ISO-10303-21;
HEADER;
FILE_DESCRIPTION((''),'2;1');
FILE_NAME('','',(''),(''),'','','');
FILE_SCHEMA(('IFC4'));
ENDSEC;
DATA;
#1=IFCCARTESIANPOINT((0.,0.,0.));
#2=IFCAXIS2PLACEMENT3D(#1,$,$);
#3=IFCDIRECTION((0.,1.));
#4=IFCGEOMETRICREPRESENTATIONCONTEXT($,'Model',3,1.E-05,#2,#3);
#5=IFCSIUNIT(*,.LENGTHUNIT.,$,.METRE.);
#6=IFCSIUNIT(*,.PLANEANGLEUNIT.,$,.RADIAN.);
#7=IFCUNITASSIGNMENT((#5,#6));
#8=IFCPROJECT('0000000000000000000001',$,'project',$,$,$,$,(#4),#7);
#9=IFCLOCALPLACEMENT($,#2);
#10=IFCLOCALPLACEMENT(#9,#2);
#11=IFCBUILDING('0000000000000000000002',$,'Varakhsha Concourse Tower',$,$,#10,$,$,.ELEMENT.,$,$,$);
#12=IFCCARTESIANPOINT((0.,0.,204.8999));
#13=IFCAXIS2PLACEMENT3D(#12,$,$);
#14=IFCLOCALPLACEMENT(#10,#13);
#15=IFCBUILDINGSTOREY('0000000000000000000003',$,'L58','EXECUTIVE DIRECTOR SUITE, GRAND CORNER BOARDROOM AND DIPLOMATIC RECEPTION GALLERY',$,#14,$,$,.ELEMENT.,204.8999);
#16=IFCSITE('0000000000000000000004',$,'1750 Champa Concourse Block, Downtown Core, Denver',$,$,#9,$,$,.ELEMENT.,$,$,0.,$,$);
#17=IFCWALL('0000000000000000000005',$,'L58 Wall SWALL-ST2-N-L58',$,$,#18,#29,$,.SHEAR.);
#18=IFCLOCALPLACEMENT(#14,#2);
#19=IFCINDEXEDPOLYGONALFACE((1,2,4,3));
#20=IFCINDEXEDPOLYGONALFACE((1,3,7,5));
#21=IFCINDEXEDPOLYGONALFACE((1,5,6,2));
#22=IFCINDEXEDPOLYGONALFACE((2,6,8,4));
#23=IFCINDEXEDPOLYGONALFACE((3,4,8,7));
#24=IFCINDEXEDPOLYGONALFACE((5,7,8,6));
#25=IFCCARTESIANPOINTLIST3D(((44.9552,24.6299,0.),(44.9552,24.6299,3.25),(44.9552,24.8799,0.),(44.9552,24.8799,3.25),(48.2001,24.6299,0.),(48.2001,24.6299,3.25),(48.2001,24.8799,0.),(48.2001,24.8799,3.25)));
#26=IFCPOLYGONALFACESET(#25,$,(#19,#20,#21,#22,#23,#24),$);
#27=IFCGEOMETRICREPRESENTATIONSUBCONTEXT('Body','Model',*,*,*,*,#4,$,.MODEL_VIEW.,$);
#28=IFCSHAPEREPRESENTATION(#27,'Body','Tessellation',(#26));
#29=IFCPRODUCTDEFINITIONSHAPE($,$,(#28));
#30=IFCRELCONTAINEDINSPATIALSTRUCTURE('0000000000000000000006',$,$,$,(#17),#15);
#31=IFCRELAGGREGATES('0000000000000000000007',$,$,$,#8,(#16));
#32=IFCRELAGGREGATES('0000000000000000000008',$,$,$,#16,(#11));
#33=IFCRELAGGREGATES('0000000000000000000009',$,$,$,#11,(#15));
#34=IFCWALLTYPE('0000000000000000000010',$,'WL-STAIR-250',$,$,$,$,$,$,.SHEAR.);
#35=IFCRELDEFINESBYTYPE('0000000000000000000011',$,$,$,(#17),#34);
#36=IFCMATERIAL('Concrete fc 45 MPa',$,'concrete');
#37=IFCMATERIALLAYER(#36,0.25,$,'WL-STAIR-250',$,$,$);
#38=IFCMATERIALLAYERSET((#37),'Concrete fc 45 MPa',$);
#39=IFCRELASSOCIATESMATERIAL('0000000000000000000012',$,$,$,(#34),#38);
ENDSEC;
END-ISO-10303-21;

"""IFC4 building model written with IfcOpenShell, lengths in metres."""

from ifc_helpers import new_model, si_unit, direction, frame, frame_2d, origin, place, context, subcontext, project, spatial, rectangle, extrude, material, layer, layer_set, type_object, element, save


model = new_model("IFC4")

# Units and contexts
model_context = context("Model", 3, precision=1e-05, world=origin(), true_north=direction((0.0, 1.0)))
body_context = subcontext(model_context, "Body", "Model", "MODEL_VIEW")
ifc_project = project(units=[si_unit("LENGTHUNIT", "METRE"), si_unit("PLANEANGLEUNIT", "RADIAN")], contexts=[model_context])

# Site, building, storey
site_placement = place(None, origin())
site = spatial("IfcSite", under=ifc_project, at=site_placement, Name="1750 Champa Concourse Block, Downtown Core, Denver", CompositionType="ELEMENT", RefElevation=0.0)
building_placement = place(site_placement, origin())
building = spatial("IfcBuilding", under=site, at=building_placement, Name="Varakhsha Concourse Tower", CompositionType="ELEMENT")
storey_placement = place(building_placement, frame((0.0, 0.0, 204.8999)))
storey = spatial("IfcBuildingStorey", under=building, at=storey_placement, Name="L58", Description="EXECUTIVE DIRECTOR SUITE, GRAND CORNER BOARDROOM AND DIPLOMATIC RECEPTION GALLERY", CompositionType="ELEMENT", Elevation=204.8999)

# Wall
ifc_material_1 = material(Name="Concrete fc 45 MPa", Category="concrete")
ifc_layer_1 = layer(ifc_material_1, 0.25, Name="WL-STAIR-250")
ifc_layer_set_1 = layer_set([ifc_layer_1], Name="Concrete fc 45 MPa")
wall_type_1 = type_object("IfcWallType", Name="WL-STAIR-250", PredefinedType="SHEAR", material=ifc_layer_set_1)
wall_1_placement = place(storey_placement, frame((44.9551, 24.7549, 0.0), z_axis=(0.0, 0.0, 1.0), x_axis=(1.0, 0.0, 0.0)))
element("IfcWall", 1, at=wall_1_placement, inside=storey, type_object=wall_type_1, Name="L58 Wall SWALL-ST2-N-L58", PredefinedType="SHEAR", context=body_context, shape_type="SweptSolid", body=[
    extrude(rectangle(XDim=3.2449, YDim=0.25, at=frame_2d((1.6226, 0.0))), origin(), (0.0, 0.0, 1.0), 3.25),
])

save(model, "model.ifc")
